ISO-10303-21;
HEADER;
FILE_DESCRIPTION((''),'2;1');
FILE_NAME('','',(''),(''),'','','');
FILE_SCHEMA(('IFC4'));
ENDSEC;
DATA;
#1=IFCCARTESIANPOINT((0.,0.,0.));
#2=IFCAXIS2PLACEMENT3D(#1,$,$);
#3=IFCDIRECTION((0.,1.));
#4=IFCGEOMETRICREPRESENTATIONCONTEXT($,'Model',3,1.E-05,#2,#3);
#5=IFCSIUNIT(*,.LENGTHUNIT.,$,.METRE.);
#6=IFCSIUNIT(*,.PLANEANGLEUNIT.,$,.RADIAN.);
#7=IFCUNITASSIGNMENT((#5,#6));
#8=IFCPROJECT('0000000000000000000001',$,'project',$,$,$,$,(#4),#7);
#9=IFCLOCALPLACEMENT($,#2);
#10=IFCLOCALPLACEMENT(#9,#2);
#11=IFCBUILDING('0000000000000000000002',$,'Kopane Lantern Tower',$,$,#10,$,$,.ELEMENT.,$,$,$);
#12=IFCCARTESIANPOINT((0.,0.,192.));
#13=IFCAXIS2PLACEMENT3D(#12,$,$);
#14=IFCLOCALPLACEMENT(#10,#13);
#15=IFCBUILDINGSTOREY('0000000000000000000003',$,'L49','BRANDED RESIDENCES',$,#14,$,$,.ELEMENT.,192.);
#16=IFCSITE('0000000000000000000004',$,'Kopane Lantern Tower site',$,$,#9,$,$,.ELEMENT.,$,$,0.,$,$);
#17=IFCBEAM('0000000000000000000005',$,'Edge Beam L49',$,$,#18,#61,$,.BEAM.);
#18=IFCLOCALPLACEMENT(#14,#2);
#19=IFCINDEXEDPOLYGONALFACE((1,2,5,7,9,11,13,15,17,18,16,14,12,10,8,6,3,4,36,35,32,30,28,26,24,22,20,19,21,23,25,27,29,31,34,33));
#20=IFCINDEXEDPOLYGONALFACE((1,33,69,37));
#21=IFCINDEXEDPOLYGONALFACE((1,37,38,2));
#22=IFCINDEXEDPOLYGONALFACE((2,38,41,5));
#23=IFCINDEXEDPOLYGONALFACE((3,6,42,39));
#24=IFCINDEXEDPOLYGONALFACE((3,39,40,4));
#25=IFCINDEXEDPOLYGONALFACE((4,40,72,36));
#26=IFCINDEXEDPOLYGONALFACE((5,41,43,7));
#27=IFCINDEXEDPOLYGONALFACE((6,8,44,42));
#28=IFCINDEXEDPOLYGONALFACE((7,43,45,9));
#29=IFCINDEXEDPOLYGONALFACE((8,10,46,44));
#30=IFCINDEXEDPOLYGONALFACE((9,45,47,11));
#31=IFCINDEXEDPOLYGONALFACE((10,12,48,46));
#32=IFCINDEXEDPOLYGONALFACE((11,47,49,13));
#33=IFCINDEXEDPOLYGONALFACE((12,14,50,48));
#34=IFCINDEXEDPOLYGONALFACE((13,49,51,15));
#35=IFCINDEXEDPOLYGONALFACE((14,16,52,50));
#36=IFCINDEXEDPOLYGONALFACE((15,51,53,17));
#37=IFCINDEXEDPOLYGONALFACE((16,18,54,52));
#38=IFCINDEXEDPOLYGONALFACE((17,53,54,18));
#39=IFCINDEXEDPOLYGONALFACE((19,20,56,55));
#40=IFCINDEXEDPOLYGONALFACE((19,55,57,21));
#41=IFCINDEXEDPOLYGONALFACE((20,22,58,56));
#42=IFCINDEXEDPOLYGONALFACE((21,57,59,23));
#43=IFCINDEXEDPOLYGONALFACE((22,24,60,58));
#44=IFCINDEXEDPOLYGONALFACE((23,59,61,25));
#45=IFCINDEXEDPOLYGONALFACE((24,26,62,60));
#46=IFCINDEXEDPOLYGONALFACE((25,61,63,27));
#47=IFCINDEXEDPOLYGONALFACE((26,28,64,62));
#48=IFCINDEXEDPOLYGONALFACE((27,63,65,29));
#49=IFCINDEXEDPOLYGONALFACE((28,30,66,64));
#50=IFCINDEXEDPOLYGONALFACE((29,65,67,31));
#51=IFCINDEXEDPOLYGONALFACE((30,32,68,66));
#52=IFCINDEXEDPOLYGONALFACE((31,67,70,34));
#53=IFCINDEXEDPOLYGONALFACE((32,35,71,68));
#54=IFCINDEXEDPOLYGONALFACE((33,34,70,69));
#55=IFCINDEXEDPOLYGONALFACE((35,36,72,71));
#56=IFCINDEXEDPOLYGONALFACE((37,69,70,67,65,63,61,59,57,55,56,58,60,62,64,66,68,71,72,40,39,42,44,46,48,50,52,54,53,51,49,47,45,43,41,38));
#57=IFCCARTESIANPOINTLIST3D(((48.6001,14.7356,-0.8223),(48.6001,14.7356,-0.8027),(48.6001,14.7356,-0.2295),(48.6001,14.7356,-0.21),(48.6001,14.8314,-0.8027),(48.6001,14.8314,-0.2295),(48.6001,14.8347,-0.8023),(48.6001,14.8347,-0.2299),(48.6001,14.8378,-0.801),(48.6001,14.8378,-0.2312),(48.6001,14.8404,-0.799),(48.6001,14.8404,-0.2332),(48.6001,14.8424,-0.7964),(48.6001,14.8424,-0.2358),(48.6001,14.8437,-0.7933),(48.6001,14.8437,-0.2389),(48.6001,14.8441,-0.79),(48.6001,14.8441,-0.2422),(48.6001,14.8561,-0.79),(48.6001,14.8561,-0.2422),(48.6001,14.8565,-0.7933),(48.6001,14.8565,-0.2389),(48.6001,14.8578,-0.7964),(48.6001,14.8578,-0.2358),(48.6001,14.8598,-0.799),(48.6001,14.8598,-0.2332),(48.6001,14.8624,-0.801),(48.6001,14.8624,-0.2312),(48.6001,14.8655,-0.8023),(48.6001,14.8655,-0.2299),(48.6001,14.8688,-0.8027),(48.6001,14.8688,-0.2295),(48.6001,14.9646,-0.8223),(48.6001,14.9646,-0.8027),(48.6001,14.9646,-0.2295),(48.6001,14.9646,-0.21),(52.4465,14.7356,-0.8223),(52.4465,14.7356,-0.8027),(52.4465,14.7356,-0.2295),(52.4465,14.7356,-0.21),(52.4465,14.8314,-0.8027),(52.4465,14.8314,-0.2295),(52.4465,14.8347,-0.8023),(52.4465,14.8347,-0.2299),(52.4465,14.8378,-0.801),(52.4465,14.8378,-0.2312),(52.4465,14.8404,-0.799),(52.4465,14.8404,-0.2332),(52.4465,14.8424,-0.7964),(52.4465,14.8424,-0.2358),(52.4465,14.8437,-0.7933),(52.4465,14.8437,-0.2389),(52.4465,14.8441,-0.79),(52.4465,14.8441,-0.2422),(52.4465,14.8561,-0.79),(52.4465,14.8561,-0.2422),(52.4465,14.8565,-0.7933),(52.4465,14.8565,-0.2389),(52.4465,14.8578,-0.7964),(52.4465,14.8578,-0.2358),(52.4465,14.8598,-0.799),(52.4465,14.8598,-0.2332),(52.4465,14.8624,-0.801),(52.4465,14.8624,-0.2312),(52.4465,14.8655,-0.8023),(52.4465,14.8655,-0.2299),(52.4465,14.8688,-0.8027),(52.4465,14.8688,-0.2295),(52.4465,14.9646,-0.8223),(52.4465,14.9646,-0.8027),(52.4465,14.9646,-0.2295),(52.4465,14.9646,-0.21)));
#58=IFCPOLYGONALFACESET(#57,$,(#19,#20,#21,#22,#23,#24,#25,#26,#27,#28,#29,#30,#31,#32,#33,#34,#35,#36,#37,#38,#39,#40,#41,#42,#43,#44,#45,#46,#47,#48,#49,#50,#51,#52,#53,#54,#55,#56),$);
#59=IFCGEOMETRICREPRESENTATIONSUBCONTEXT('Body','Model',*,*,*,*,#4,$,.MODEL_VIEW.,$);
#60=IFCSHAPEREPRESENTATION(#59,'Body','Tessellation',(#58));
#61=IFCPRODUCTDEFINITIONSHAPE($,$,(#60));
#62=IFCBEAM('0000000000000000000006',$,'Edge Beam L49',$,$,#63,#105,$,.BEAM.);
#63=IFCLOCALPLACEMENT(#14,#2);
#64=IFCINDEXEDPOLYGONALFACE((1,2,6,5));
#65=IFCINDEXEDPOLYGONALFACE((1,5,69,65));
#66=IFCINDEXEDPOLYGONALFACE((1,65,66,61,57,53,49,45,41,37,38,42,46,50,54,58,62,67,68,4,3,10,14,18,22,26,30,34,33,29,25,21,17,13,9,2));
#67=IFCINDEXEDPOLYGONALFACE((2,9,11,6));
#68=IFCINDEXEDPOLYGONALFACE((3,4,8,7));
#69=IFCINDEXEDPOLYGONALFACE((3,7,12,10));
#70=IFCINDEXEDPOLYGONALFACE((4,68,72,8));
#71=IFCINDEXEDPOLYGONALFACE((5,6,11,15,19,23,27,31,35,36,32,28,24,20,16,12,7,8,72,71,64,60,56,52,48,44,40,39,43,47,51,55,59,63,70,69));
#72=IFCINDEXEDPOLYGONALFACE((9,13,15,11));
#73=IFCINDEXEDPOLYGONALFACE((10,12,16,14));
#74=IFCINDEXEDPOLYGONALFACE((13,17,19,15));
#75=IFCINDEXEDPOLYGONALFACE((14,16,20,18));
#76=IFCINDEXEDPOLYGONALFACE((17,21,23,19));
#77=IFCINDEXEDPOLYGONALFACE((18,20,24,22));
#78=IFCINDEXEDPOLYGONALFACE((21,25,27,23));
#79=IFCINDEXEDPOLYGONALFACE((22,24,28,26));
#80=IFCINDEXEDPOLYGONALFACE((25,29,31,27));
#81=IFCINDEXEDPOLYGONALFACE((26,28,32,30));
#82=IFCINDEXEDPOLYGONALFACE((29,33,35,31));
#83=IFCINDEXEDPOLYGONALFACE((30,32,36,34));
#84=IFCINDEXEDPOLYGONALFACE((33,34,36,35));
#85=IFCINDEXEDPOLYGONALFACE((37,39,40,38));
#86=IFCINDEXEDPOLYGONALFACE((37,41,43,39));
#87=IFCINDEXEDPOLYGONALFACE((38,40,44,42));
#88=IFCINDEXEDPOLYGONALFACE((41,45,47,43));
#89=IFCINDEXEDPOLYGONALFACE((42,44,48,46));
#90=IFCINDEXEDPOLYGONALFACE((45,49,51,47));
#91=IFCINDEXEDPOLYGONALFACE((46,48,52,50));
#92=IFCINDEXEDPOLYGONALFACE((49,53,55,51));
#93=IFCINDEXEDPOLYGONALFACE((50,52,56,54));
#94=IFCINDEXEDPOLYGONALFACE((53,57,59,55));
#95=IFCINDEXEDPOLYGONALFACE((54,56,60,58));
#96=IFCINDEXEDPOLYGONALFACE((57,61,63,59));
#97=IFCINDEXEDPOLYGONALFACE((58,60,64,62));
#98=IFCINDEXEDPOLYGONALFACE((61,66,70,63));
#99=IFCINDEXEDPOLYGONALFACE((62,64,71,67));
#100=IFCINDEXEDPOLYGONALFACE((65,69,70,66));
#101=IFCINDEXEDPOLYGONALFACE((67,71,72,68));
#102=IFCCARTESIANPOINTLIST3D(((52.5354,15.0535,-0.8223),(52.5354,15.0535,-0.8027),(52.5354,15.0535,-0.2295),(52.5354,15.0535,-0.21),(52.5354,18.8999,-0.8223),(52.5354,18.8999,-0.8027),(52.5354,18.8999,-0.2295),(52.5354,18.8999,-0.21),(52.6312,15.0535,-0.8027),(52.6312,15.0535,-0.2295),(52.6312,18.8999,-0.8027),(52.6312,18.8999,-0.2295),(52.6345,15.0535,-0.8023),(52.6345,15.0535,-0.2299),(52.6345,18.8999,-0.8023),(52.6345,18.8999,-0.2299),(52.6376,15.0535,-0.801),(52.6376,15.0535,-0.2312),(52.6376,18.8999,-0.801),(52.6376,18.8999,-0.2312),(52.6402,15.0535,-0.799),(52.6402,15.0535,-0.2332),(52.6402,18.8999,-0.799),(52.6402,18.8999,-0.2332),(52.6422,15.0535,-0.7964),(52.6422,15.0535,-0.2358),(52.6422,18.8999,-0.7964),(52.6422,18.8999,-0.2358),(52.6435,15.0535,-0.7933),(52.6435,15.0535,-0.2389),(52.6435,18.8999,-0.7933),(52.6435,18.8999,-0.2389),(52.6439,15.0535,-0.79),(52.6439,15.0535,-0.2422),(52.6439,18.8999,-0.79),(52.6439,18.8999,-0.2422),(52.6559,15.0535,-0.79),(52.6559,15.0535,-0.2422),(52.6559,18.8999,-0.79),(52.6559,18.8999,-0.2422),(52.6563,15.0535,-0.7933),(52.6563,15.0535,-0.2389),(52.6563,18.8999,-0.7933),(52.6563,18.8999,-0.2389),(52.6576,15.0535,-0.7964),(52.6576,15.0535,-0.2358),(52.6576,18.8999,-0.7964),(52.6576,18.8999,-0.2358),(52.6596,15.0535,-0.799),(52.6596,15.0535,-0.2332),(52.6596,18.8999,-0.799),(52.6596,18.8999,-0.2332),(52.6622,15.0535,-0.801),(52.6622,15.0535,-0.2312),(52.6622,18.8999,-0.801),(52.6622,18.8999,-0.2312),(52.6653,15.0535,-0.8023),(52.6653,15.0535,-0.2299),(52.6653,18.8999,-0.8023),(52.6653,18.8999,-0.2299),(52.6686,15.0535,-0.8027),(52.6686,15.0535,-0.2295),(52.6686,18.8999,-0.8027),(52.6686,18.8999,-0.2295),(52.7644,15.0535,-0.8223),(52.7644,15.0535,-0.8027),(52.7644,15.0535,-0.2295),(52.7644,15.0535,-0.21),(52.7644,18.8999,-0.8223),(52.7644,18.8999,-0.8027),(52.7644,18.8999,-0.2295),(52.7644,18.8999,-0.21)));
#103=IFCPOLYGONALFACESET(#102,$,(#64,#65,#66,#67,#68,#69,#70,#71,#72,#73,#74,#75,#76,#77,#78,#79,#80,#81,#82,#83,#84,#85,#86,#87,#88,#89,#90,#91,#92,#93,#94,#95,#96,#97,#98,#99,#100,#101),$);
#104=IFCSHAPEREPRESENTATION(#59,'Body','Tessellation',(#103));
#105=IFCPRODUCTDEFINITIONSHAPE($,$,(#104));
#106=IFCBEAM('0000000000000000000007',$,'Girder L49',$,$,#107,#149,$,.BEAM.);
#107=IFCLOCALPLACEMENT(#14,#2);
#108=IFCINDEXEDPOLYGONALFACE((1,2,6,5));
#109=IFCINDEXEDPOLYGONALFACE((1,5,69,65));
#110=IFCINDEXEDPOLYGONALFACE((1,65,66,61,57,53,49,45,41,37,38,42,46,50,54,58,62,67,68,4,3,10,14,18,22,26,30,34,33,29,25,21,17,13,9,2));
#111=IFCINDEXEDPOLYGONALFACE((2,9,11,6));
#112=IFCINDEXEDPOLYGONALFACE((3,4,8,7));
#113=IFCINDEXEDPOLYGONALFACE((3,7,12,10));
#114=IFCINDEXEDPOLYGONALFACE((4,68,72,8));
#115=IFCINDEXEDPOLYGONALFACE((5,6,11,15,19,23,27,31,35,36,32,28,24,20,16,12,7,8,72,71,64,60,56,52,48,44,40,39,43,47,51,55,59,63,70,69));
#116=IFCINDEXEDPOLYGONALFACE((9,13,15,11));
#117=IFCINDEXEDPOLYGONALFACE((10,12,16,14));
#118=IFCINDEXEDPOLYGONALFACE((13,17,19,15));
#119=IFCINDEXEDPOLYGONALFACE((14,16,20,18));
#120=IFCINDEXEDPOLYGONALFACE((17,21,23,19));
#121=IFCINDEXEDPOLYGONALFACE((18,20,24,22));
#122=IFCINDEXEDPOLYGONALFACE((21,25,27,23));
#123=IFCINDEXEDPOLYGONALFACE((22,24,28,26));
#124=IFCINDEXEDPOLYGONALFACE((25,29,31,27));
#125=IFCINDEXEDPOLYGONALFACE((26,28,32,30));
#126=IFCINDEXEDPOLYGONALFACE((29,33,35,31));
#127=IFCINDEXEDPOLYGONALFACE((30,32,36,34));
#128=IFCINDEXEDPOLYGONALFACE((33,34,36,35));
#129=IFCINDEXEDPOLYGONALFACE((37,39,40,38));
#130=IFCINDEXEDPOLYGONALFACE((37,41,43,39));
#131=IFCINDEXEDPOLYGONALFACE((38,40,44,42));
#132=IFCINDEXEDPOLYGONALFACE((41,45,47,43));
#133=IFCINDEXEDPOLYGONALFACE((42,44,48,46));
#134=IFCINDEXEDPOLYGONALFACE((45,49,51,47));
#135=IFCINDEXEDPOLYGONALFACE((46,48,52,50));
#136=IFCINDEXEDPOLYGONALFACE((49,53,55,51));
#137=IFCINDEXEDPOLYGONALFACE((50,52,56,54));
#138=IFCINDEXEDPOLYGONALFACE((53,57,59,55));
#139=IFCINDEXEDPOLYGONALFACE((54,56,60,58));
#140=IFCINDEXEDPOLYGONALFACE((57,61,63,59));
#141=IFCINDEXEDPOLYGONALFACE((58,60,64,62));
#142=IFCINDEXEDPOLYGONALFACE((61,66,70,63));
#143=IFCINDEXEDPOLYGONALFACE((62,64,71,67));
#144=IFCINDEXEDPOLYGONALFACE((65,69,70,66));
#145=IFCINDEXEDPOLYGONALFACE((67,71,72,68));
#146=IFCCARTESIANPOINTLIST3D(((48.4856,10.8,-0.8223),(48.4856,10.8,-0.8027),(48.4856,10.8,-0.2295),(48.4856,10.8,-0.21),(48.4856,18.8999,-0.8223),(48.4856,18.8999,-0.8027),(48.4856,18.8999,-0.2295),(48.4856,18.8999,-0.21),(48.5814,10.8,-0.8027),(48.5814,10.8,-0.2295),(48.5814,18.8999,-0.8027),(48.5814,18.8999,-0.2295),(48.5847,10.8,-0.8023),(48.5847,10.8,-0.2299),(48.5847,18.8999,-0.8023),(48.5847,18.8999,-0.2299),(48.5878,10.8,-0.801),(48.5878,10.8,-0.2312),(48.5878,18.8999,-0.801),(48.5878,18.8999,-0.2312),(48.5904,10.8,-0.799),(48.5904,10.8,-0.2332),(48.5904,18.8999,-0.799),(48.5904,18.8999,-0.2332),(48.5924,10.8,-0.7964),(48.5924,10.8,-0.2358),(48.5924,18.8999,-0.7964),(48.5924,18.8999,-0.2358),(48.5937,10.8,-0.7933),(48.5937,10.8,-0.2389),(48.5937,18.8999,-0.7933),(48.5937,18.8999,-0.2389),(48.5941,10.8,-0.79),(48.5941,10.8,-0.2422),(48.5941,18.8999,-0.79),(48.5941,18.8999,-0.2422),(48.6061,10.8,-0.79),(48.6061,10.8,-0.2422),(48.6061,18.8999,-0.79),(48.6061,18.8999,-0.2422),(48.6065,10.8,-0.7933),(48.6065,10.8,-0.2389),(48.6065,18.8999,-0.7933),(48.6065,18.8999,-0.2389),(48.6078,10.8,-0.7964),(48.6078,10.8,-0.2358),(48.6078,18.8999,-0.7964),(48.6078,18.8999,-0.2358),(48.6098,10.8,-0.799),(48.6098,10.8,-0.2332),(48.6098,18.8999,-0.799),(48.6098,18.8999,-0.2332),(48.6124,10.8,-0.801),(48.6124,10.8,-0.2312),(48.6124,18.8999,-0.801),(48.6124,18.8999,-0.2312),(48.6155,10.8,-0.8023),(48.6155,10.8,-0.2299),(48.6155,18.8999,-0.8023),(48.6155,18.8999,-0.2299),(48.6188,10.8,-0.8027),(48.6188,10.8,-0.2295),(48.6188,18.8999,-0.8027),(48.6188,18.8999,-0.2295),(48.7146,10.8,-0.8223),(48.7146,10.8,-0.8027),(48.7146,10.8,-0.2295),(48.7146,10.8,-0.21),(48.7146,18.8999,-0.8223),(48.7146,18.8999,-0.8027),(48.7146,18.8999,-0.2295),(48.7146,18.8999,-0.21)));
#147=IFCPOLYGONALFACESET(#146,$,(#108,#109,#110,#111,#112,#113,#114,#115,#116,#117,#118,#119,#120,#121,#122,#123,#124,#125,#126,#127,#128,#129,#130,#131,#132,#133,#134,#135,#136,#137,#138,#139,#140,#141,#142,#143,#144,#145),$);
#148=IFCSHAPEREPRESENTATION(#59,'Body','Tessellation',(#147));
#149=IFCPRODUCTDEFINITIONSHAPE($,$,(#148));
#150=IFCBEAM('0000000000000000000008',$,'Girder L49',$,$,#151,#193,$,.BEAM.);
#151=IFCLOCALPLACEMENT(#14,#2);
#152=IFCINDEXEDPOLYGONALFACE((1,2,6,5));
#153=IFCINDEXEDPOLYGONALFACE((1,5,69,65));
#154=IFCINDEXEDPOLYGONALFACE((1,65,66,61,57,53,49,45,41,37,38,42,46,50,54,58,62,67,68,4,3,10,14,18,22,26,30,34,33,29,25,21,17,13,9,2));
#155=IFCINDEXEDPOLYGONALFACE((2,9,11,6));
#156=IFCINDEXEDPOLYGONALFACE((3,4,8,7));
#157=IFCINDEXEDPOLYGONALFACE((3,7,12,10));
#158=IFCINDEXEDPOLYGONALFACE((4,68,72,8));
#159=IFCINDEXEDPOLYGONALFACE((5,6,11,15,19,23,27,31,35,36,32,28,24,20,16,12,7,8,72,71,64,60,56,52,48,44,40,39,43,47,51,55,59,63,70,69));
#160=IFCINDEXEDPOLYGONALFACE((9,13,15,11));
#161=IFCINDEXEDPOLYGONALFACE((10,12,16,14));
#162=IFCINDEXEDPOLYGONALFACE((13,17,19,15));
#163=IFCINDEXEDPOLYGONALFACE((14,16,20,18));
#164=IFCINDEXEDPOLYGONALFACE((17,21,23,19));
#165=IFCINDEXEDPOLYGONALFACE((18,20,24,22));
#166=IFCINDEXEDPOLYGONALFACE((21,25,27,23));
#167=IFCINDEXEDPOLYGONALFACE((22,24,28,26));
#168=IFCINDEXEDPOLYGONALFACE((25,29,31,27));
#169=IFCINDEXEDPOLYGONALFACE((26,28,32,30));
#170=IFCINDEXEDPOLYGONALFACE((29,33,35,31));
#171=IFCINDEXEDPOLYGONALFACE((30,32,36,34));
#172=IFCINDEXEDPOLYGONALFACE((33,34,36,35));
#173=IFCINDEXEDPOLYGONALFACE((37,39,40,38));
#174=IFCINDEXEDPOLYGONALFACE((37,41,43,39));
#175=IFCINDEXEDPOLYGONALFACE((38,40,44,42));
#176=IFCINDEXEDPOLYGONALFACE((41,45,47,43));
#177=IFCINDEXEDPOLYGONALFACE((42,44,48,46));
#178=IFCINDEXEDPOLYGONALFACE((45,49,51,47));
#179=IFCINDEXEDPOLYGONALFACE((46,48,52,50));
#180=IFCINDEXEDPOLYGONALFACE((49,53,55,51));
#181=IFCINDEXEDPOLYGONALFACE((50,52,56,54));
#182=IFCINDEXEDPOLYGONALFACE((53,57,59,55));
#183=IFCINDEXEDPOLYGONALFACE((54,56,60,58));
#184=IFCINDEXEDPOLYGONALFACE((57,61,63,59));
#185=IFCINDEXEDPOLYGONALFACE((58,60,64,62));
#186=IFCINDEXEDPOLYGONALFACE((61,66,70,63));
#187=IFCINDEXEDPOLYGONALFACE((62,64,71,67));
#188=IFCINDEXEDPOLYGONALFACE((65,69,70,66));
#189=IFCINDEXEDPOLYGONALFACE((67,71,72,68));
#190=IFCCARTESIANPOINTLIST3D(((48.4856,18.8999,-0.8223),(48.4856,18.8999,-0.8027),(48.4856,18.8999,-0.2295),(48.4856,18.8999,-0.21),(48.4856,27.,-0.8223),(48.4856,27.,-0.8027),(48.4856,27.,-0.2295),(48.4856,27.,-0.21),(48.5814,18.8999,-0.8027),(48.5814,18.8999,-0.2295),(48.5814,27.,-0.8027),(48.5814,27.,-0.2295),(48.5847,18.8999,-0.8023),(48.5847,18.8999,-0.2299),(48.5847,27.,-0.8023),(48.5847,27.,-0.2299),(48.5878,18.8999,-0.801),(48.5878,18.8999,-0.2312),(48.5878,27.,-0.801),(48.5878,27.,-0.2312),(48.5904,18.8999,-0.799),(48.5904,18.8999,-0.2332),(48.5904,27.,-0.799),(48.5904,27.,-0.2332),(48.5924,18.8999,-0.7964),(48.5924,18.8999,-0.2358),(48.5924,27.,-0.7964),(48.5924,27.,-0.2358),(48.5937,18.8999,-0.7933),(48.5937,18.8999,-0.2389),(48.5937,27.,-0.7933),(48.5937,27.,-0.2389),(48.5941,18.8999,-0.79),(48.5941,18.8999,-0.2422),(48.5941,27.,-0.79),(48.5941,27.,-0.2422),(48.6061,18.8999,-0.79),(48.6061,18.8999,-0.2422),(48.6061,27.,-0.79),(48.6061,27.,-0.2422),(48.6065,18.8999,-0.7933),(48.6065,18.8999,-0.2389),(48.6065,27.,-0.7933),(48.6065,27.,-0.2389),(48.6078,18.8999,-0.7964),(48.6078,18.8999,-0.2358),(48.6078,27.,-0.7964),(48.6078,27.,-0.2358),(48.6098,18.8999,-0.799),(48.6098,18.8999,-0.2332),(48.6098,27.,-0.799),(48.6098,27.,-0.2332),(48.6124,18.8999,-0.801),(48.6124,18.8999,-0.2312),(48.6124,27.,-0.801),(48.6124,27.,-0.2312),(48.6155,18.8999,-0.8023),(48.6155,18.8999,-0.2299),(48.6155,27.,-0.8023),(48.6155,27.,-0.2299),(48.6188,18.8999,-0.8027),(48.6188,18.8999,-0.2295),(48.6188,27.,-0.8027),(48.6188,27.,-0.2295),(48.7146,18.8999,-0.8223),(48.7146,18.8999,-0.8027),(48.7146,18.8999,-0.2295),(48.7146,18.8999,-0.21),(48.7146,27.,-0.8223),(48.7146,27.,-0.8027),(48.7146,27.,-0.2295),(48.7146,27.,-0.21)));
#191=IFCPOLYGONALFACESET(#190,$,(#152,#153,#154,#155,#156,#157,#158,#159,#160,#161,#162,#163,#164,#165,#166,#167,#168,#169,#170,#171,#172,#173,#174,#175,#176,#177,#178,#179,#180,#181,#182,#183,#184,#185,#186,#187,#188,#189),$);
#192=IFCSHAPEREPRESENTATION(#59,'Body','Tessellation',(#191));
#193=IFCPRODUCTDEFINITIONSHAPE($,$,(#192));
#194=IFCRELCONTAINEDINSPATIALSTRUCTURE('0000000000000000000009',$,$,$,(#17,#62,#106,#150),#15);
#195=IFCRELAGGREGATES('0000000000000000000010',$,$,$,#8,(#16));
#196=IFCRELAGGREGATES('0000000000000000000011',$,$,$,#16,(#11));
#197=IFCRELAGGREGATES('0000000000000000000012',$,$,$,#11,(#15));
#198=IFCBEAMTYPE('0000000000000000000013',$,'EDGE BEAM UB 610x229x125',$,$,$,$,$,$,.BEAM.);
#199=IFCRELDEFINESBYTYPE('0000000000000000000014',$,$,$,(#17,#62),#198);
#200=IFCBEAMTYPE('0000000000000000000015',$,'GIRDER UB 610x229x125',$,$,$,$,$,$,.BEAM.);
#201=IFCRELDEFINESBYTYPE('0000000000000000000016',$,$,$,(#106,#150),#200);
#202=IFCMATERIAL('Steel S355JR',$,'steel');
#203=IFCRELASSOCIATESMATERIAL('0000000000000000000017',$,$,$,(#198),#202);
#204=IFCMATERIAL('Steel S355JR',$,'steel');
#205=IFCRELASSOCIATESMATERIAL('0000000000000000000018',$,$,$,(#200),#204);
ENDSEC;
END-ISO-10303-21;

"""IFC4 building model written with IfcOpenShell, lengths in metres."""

from ifc_helpers import new_model, si_unit, direction, frame, origin, origin_2d, place, context, subcontext, project, spatial, i_section, extrude, material, material_profile, profile_set, type_object, element, save


model = new_model("IFC4")

# Units and contexts
model_context = context("Model", 3, precision=1e-05, world=origin(), true_north=direction((0.0, 1.0)))
body_context = subcontext(model_context, "Body", "Model", "MODEL_VIEW")
ifc_project = project(units=[si_unit("LENGTHUNIT", "METRE"), si_unit("PLANEANGLEUNIT", "RADIAN")], contexts=[model_context])

# Site, building, storey
site_placement = place(None, origin())
site = spatial("IfcSite", under=ifc_project, at=site_placement, Name="Kopane Lantern Tower site", CompositionType="ELEMENT", RefElevation=0.0)
building_placement = place(site_placement, origin())
building = spatial("IfcBuilding", under=site, at=building_placement, Name="Kopane Lantern Tower", CompositionType="ELEMENT")
storey_placement = place(building_placement, frame((0.0, 0.0, 192.0)))
storey = spatial("IfcBuildingStorey", under=building, at=storey_placement, Name="L49", Description="BRANDED RESIDENCES", CompositionType="ELEMENT", Elevation=192.0)

# Beams
ifc_material_1 = material(Name="Steel S355JR", Category="steel")
ifc_material_profile_1 = material_profile(ifc_material_1, i_section(OverallWidth=0.229, OverallDepth=0.6123, WebThickness=0.012, FlangeThickness=0.0195, FilletRadius=0.0127, at=origin_2d()), Name="UB 610x229x125")
ifc_profile_set_1 = profile_set([ifc_material_profile_1], Name="Steel S355JR")
beam_type_1 = type_object("IfcBeamType", Name="EDGE BEAM UB 610x229x125", PredefinedType="BEAM", material=ifc_profile_set_1)
for number, where, z_axis, x_axis, name in (
    (1, (52.4465, 14.8501, -0.5161), (-1.0, 0.0, 0.0), (0.0, -1.0, 0.0), "Edge Beam L49"),
    (2, (52.6499, 15.0535, -0.5161), (0.0, 1.0, 0.0), (-1.0, 0.0, 0.0), "Edge Beam L49"),
):
    element("IfcBeam", number, at=place(storey_placement, frame(where, z_axis=z_axis, x_axis=x_axis)), inside=storey, type_object=beam_type_1, Name=name, PredefinedType="BEAM", context=body_context, shape_type="SweptSolid", body=[
        extrude(i_section(OverallWidth=0.229, OverallDepth=0.6123, WebThickness=0.012, FlangeThickness=0.0195, FilletRadius=0.0127, at=origin_2d()), origin(), (0.0, 0.0, 1.0), 3.8464),
    ])
ifc_material_2 = material(Name="Steel S355JR", Category="steel")
ifc_material_profile_2 = material_profile(ifc_material_2, i_section(OverallWidth=0.229, OverallDepth=0.6123, WebThickness=0.012, FlangeThickness=0.0195, FilletRadius=0.0127, at=origin_2d()), Name="UB 610x229x125")
ifc_profile_set_2 = profile_set([ifc_material_profile_2], Name="Steel S355JR")
beam_type_2 = type_object("IfcBeamType", Name="GIRDER UB 610x229x125", PredefinedType="BEAM", material=ifc_profile_set_2)
beam_1_placement = place(storey_placement, frame((48.6001, 10.8, -0.5161), z_axis=(0.0, 1.0, 0.0), x_axis=(-1.0, 0.0, 0.0)))
element("IfcBeam", 3, at=beam_1_placement, inside=storey, type_object=beam_type_2, Name="Girder L49", PredefinedType="BEAM", context=body_context, shape_type="SweptSolid", body=[
    extrude(i_section(OverallWidth=0.229, OverallDepth=0.6123, WebThickness=0.012, FlangeThickness=0.0195, FilletRadius=0.0127, at=origin_2d()), origin(), (0.0, 0.0, 1.0), 8.0999),
])
beam_2_placement = place(storey_placement, frame((48.6001, 18.8999, -0.5161), z_axis=(0.0, 1.0, 0.0), x_axis=(-1.0, 0.0, 0.0)))
element("IfcBeam", 4, at=beam_2_placement, inside=storey, type_object=beam_type_2, Name="Girder L49", PredefinedType="BEAM", context=body_context, shape_type="SweptSolid", body=[
    extrude(i_section(OverallWidth=0.229, OverallDepth=0.6123, WebThickness=0.012, FlangeThickness=0.0195, FilletRadius=0.0127, at=origin_2d()), origin(), (0.0, 0.0, 1.0), 8.1001),
])

save(model, "model.ifc")
